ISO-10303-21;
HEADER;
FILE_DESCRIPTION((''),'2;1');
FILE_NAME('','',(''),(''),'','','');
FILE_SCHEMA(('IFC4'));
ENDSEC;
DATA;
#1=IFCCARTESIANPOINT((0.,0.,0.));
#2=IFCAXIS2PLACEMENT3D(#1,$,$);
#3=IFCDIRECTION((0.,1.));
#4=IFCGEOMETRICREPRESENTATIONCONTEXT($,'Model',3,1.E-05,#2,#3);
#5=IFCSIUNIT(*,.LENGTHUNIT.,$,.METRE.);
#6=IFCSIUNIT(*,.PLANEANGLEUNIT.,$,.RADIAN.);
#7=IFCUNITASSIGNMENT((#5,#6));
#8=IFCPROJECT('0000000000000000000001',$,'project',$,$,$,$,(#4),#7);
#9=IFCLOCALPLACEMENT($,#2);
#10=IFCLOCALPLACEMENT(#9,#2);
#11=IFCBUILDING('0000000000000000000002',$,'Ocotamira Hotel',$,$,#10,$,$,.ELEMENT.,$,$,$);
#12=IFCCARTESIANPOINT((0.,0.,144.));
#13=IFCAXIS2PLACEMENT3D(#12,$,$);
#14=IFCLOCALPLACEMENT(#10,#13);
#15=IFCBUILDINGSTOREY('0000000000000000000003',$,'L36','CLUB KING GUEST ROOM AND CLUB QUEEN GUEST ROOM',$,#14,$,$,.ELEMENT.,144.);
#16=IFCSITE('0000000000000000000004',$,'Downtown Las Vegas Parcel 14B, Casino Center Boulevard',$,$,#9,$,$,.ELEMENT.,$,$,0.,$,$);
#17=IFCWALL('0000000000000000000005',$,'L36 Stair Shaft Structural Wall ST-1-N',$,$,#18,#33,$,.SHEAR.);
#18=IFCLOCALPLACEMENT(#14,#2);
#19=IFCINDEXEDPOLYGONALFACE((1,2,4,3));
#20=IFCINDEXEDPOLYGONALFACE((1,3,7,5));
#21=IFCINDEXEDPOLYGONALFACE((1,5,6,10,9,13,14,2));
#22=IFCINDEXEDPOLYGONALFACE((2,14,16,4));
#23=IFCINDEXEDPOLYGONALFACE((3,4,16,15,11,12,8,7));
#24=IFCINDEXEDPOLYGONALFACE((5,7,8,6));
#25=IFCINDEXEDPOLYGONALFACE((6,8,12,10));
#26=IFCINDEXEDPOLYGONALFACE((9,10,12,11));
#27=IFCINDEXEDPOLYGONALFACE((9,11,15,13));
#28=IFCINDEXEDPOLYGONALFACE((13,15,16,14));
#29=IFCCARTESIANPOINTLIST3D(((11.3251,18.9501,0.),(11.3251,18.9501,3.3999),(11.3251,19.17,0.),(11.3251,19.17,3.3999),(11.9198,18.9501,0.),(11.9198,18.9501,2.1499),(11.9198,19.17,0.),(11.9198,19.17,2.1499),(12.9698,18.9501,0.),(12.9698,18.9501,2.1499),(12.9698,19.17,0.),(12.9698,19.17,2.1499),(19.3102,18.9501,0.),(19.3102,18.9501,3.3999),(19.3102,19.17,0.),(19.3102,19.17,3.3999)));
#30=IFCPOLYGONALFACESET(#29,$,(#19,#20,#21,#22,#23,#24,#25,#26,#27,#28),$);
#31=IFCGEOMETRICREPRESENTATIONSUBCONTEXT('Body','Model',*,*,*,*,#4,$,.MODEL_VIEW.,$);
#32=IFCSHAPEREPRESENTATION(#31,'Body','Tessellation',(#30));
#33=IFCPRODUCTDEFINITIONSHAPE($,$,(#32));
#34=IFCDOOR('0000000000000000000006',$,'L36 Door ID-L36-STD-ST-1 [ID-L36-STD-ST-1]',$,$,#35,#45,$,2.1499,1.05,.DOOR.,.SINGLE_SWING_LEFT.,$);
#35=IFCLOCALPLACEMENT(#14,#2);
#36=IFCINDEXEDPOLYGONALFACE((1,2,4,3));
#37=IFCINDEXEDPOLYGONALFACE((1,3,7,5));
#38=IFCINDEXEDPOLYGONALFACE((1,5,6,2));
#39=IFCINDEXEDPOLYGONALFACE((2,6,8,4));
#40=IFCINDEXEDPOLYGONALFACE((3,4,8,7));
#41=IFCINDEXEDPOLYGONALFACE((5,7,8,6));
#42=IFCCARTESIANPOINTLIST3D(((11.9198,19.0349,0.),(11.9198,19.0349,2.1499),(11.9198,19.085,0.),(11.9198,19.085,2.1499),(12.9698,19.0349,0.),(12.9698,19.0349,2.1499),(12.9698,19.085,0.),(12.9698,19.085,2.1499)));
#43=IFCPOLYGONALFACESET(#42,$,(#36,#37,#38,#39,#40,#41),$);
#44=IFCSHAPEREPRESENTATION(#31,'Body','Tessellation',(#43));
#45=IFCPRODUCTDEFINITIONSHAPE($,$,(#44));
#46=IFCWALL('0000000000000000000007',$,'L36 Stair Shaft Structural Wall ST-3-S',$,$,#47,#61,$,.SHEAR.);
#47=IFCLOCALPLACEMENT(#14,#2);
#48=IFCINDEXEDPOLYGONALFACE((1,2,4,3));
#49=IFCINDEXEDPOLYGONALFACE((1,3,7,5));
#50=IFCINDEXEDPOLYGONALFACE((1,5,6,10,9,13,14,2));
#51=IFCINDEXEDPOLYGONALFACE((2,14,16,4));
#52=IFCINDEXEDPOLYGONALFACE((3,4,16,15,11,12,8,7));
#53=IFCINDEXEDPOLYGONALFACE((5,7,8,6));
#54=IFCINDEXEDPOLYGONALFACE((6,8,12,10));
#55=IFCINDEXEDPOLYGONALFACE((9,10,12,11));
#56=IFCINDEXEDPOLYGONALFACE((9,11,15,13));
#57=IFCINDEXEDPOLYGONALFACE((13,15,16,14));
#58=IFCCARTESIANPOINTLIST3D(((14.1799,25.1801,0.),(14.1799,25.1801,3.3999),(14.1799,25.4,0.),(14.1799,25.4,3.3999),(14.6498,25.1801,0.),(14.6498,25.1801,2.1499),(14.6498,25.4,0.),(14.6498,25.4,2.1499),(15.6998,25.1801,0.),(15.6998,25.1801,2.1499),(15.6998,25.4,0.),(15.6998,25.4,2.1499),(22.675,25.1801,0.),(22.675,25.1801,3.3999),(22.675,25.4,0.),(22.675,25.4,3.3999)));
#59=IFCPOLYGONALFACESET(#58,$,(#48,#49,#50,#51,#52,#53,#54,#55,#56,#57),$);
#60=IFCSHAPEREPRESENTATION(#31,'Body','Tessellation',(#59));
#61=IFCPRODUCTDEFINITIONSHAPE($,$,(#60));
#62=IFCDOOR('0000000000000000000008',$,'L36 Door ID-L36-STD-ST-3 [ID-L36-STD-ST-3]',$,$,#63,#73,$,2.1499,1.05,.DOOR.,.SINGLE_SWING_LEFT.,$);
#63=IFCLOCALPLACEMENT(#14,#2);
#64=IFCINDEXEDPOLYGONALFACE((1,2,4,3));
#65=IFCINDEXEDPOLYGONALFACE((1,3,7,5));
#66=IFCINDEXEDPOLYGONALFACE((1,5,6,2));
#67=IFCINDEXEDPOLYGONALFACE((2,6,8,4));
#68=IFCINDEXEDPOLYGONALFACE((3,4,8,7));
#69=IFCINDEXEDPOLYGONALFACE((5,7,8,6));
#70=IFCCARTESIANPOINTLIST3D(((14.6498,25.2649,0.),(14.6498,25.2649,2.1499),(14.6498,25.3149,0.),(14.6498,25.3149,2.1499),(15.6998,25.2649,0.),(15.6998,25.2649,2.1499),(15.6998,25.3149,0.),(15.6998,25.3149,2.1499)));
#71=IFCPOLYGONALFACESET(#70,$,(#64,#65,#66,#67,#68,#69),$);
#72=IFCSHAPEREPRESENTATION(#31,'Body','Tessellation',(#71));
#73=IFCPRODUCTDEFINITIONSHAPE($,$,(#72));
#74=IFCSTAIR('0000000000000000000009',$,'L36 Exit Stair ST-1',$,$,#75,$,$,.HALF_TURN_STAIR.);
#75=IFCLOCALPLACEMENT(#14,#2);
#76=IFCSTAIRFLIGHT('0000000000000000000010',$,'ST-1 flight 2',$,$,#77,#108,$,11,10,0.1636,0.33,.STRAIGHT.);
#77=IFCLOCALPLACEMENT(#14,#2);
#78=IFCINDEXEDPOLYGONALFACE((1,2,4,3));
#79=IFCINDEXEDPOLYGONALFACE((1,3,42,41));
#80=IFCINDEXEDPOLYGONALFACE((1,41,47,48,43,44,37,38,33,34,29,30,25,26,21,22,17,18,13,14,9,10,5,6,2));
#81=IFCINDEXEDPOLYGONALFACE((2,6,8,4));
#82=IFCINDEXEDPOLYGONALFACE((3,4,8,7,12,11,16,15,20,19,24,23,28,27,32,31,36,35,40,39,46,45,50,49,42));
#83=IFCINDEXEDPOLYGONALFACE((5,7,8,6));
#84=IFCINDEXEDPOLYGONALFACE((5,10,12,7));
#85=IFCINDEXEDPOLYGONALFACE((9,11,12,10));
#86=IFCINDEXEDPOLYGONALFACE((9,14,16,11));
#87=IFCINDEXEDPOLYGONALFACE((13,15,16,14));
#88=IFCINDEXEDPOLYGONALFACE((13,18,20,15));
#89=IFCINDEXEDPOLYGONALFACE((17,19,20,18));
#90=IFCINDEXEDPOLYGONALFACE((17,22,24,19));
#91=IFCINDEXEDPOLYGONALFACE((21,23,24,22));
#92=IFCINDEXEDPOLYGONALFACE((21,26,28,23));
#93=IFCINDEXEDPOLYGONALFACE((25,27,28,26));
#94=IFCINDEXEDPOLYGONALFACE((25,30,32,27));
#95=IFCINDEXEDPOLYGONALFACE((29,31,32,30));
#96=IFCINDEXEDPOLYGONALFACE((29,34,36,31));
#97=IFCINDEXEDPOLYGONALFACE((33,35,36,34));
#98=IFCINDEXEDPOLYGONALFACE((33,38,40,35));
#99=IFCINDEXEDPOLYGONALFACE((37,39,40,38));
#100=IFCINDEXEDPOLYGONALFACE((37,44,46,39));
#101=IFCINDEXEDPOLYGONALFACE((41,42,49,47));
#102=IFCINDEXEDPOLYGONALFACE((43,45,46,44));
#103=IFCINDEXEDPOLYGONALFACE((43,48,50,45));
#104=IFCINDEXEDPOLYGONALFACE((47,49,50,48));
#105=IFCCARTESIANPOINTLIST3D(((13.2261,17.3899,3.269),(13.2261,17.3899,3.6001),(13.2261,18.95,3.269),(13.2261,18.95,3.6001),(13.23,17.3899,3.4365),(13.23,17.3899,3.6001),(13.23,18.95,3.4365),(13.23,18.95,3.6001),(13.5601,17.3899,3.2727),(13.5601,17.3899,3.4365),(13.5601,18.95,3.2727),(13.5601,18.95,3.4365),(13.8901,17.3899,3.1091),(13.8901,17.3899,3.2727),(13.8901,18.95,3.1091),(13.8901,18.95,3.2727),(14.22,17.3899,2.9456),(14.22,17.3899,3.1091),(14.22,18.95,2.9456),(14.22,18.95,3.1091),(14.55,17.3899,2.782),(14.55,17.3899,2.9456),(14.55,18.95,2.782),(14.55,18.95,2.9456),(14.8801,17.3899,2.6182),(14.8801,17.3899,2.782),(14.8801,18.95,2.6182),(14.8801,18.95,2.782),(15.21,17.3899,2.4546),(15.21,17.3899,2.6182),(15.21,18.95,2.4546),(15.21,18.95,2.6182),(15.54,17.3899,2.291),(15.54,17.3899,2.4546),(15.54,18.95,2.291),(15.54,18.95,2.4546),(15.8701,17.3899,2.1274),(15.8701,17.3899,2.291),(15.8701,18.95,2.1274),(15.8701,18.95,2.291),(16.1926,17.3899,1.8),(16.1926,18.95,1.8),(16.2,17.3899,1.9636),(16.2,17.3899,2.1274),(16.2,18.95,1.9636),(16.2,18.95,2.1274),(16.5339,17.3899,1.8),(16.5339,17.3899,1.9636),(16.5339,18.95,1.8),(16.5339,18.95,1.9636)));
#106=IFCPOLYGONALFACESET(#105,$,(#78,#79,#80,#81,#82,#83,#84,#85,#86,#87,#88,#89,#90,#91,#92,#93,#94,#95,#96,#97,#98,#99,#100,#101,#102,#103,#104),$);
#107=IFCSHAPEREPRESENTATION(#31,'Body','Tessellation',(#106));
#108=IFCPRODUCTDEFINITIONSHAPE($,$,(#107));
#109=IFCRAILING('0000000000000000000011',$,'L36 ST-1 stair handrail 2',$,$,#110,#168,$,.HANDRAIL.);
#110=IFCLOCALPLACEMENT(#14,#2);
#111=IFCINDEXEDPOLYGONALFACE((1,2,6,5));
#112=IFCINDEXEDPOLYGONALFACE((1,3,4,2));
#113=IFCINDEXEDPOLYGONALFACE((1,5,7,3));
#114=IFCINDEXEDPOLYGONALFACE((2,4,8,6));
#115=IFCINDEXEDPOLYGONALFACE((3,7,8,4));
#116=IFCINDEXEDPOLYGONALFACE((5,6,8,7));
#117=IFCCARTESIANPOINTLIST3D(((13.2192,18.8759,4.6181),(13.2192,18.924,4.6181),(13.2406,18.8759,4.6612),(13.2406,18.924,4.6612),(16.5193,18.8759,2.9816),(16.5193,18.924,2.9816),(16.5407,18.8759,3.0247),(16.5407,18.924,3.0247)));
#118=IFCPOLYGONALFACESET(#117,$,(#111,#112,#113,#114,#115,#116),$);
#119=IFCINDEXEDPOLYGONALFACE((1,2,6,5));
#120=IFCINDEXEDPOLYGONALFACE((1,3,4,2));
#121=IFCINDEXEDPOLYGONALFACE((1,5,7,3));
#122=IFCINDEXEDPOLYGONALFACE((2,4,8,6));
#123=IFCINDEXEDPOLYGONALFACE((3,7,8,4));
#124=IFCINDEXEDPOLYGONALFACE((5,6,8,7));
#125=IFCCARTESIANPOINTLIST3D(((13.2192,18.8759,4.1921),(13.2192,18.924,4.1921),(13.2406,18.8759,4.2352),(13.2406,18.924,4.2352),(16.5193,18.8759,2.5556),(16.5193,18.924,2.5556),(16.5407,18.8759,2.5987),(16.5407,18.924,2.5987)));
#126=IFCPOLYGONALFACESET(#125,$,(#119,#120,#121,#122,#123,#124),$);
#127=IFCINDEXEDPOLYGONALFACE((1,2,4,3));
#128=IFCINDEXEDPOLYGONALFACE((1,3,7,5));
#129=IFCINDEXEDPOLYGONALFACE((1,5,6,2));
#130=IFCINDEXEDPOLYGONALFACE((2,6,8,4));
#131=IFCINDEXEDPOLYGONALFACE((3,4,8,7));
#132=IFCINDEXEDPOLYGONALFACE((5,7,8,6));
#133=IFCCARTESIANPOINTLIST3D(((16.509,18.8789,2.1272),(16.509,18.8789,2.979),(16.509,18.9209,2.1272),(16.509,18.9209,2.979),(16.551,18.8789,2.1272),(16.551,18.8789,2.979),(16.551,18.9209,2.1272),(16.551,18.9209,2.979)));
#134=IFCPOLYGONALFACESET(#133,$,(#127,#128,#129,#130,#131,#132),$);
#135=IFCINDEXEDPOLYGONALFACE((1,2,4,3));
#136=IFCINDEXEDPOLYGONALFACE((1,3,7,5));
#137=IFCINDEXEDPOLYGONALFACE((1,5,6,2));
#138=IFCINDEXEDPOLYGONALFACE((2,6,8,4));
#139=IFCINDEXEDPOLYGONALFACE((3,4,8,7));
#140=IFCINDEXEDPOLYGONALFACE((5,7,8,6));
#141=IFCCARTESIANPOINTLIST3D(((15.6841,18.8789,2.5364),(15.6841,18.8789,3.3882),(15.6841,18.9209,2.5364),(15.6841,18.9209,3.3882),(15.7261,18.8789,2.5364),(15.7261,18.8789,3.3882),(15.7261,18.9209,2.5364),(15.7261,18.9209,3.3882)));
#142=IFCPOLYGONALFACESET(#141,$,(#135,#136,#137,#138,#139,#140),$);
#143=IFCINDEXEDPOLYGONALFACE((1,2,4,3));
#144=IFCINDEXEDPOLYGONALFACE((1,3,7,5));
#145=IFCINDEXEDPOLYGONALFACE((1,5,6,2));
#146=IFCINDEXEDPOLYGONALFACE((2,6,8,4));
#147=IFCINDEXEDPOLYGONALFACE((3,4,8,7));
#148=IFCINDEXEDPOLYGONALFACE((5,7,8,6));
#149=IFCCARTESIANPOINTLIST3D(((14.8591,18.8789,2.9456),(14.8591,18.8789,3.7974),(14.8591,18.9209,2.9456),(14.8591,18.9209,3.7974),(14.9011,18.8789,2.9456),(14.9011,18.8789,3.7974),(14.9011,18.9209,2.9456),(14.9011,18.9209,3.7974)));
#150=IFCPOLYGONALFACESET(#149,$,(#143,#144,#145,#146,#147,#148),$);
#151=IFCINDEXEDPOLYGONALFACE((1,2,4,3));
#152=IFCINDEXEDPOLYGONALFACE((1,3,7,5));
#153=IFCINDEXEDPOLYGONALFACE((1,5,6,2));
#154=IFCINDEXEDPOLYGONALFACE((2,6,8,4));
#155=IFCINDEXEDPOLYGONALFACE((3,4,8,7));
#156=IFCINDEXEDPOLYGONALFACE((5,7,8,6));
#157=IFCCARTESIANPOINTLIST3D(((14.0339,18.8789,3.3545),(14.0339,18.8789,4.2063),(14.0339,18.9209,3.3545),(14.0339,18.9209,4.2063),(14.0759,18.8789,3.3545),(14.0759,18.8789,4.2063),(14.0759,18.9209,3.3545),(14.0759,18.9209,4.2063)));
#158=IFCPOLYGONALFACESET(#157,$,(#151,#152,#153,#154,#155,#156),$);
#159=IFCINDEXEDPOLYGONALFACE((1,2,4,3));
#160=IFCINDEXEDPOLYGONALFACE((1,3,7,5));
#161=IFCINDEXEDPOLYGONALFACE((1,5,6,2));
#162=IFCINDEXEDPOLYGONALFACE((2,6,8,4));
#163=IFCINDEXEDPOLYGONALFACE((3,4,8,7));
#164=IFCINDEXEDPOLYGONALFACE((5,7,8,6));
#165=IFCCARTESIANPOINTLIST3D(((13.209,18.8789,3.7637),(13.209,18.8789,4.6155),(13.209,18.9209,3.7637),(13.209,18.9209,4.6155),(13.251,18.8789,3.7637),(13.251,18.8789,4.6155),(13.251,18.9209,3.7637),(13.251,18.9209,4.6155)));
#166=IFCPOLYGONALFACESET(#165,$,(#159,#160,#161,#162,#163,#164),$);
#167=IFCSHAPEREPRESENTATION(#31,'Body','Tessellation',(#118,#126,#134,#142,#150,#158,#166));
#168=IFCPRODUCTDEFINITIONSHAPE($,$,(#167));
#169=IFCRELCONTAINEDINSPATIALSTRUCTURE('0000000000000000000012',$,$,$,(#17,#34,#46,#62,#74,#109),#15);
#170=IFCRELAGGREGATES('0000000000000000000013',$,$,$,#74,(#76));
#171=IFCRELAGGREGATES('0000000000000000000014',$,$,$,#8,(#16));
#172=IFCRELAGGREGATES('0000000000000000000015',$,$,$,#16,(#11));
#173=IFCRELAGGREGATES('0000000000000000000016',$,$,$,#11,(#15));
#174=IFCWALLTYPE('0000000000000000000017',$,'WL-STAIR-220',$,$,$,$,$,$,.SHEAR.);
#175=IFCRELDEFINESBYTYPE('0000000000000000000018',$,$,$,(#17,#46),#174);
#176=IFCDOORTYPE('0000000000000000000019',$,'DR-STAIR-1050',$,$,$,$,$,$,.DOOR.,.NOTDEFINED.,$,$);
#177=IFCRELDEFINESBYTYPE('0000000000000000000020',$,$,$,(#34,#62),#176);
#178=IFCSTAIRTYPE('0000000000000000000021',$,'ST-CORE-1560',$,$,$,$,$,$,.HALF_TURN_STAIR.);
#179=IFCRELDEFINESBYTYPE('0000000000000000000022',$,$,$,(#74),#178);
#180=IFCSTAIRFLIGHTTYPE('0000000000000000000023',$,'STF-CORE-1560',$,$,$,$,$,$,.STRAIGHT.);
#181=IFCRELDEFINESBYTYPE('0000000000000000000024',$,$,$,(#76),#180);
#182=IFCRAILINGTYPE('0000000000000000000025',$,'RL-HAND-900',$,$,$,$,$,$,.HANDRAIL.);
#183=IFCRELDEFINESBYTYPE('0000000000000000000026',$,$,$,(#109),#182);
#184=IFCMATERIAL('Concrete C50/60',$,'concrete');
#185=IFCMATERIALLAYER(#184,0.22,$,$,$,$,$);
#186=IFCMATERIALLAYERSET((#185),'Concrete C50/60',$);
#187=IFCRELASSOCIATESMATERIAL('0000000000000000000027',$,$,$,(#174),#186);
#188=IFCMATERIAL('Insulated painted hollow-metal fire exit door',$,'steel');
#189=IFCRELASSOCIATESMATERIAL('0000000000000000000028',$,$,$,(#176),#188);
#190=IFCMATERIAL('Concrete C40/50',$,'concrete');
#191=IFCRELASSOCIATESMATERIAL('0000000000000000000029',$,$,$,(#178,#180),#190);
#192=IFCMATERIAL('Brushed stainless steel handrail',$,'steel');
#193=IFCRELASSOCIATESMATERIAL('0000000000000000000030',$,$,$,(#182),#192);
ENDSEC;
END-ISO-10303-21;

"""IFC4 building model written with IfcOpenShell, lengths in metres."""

from ifc_helpers import new_model, si_unit, direction, frame, frame_2d, origin, origin_2d, place, context, subcontext, project, spatial, polyline, rectangle, outline, extrude, source, transform, mapped, material, layer, layer_set, type_object, element, fill, aggregate, save


model = new_model("IFC4")

# Units and contexts
model_context = context("Model", 3, precision=1e-05, world=origin(), true_north=direction((0.0, 1.0)))
body_context = subcontext(model_context, "Body", "Model", "MODEL_VIEW")
ifc_project = project(units=[si_unit("LENGTHUNIT", "METRE"), si_unit("PLANEANGLEUNIT", "RADIAN")], contexts=[model_context])

# Site, building, storey
site_placement = place(None, origin())
site = spatial("IfcSite", under=ifc_project, at=site_placement, Name="Downtown Las Vegas Parcel 14B, Casino Center Boulevard", CompositionType="ELEMENT", RefElevation=0.0)
building_placement = place(site_placement, origin())
building = spatial("IfcBuilding", under=site, at=building_placement, Name="Ocotamira Hotel", CompositionType="ELEMENT")
storey_placement = place(building_placement, frame((0.0, 0.0, 144.0)))
storey = spatial("IfcBuildingStorey", under=building, at=storey_placement, Name="L36", Description="CLUB KING GUEST ROOM AND CLUB QUEEN GUEST ROOM", CompositionType="ELEMENT", Elevation=144.0)

# Walls, openings, doors
ifc_material_1 = material(Name="Concrete C50/60", Category="concrete")
ifc_layer_1 = layer(ifc_material_1, 0.22)
ifc_layer_set_1 = layer_set([ifc_layer_1], Name="Concrete C50/60")
wall_type_1 = type_object("IfcWallType", Name="WL-STAIR-220", PredefinedType="SHEAR", material=ifc_layer_set_1)
wall_1_placement = place(storey_placement, frame((11.325, 19.0601, 0.0), z_axis=(0.0, 0.0, 1.0), x_axis=(1.0, 0.0, 0.0)))
wall_1 = element("IfcWall", 1, at=wall_1_placement, inside=storey, type_object=wall_type_1, Name="L36 Stair Shaft Structural Wall ST-1-N", PredefinedType="SHEAR", context=body_context, shape_type="SweptSolid", body=[
    extrude(rectangle(XDim=7.9851, YDim=0.22, at=frame_2d((3.9927, 0.0))), origin(), (0.0, 0.0, 1.0), 3.3999),
])
opening_1_placement = place(wall_1_placement, frame((0.595, 0.0, 0.0)))
opening_1 = element("IfcOpeningElement", 2, at=opening_1_placement, cuts=wall_1, PredefinedType="OPENING", context=body_context, shape_type="SweptSolid", body=[
    extrude(rectangle(XDim=1.05, YDim=2.1499, at=frame_2d((0.5249, 1.075))), frame((0.0, 0.1201, 0.0), z_axis=(0.0, -1.0, 0.0), x_axis=(1.0, 0.0, 0.0)), (0.0, 0.0, 1.0), 0.24),
])
ifc_material_2 = material(Name="Insulated painted hollow-metal fire exit door", Category="steel")
door_type_1 = type_object("IfcDoorType", Name="DR-STAIR-1050", OperationType="NOTDEFINED", PredefinedType="DOOR", material=ifc_material_2)
shared_shape_1 = source(origin(), body_context, "Body", "SweptSolid", [
    extrude(rectangle(XDim=1.05, YDim=2.1499, at=frame_2d((0.5249, 1.075))), frame((0.0, 0.0249, 0.0), z_axis=(0.0, -1.0, 0.0), x_axis=(1.0, 0.0, 0.0)), (0.0, 0.0, 1.0), 0.05),
])
door_1_placement = place(opening_1_placement, origin())
door_1 = element("IfcDoor", 3, at=door_1_placement, inside=storey, type_object=door_type_1, Name="L36 Door ID-L36-STD-ST-1 [ID-L36-STD-ST-1]", OperationType="SINGLE_SWING_LEFT", OverallHeight=2.1499, OverallWidth=1.05, PredefinedType="DOOR", context=body_context, shape_type="MappedRepresentation", body=[
    mapped(shared_shape_1, transform((0.0, 0.0, 0.0), scale=1.0)),
])
fill(opening_1, door_1)
wall_2_placement = place(storey_placement, frame((14.1799, 25.29, 0.0), z_axis=(0.0, 0.0, 1.0), x_axis=(1.0, 0.0, 0.0)))
wall_2 = element("IfcWall", 4, at=wall_2_placement, inside=storey, type_object=wall_type_1, Name="L36 Stair Shaft Structural Wall ST-3-S", PredefinedType="SHEAR", context=body_context, shape_type="SweptSolid", body=[
    extrude(rectangle(XDim=8.4951, YDim=0.22, at=frame_2d((4.2476, 0.0))), origin(), (0.0, 0.0, 1.0), 3.3999),
])
opening_2_placement = place(wall_2_placement, frame((0.47, 0.0, 0.0)))
opening_2 = element("IfcOpeningElement", 5, at=opening_2_placement, cuts=wall_2, PredefinedType="OPENING", context=body_context, shape_type="SweptSolid", body=[
    extrude(rectangle(XDim=1.05, YDim=2.1499, at=frame_2d((0.5249, 1.075))), frame((0.0, 0.1201, 0.0), z_axis=(0.0, -1.0, 0.0), x_axis=(1.0, 0.0, 0.0)), (0.0, 0.0, 1.0), 0.24),
])
door_2_placement = place(opening_2_placement, origin())
door_2 = element("IfcDoor", 6, at=door_2_placement, inside=storey, type_object=door_type_1, Name="L36 Door ID-L36-STD-ST-3 [ID-L36-STD-ST-3]", OperationType="SINGLE_SWING_LEFT", OverallHeight=2.1499, OverallWidth=1.05, PredefinedType="DOOR", context=body_context, shape_type="MappedRepresentation", body=[
    mapped(shared_shape_1, transform((0.0, 0.0, 0.0), scale=1.0)),
])
fill(opening_2, door_2)

# Stair, stair flight
ifc_material_3 = material(Name="Concrete C40/50", Category="concrete")
stair_type = type_object("IfcStairType", Name="ST-CORE-1560", PredefinedType="HALF_TURN_STAIR", material=ifc_material_3)
stair_placement = place(storey_placement, origin())
stair = element("IfcStair", 7, at=stair_placement, inside=storey, type_object=stair_type, Name="L36 Exit Stair ST-1", PredefinedType="HALF_TURN_STAIR")
stair_flight_type = type_object("IfcStairFlightType", Name="STF-CORE-1560", PredefinedType="STRAIGHT", material=ifc_material_3)
shared_shape_2 = source(origin(), body_context, "Body", "SweptSolid", [
    extrude(outline(polyline([(-0.0039, 0.0), (-0.0039, 0.1636), (0.3301, 0.1636), (0.3301, 0.3274), (0.6599, 0.3274), (0.6599, 0.491), (0.99, 0.491), (0.99, 0.6545), (1.3201, 0.6545), (1.3201, 0.8181), (1.6499, 0.8181), (1.6499, 0.9819), (1.98, 0.9819), (1.98, 1.1455), (2.3101, 1.1455), (2.3101, 1.3091), (2.6399, 1.3091), (2.6399, 1.4727), (2.97, 1.4727), (2.97, 1.6365), (3.3, 1.6365), (3.3, 1.8), (3.304, 1.8), (3.304, 1.469), (0.3374, 0.0), (-0.0039, 0.0)])), frame((0.0, 0.78, 0.0), z_axis=(0.0, -1.0, 0.0), x_axis=(1.0, 0.0, 0.0)), (0.0, 0.0, 1.0), 1.5601),
])
stair_flight_placement = place(storey_placement, frame((16.53, 18.1699, 1.8), z_axis=(0.0, 0.0, 1.0), x_axis=(-1.0, 0.0, 0.0)))
stair_flight = element("IfcStairFlight", 8, at=stair_flight_placement, type_object=stair_flight_type, Name="ST-1 flight 2", NumberOfRisers=11, NumberOfTreads=10, PredefinedType="STRAIGHT", RiserHeight=0.1636, TreadLength=0.33, context=body_context, shape_type="MappedRepresentation", body=[
    mapped(shared_shape_2, transform((0.0, 0.0, 0.0), scale=1.0)),
])
aggregate(stair, [stair_flight])

# Railing
ifc_material_4 = material(Name="Brushed stainless steel handrail", Category="steel")
railing_type_1 = type_object("IfcRailingType", Name="RL-HAND-900", PredefinedType="HANDRAIL", material=ifc_material_4)
railing_1_placement = place(storey_placement, frame((16.53, 18.8999, 2.1272)))
element("IfcRailing", 9, at=railing_1_placement, inside=storey, type_object=railing_type_1, Name="L36 ST-1 stair handrail 2", PredefinedType="HANDRAIL", context=body_context, shape_type="SweptSolid", body=[
    extrude(rectangle(XDim=0.0481, YDim=0.0481, at=origin_2d()), frame((0.0, 0.0, 0.876), z_axis=(-0.895894, 0.0, 0.444268), x_axis=(0.0, -1.0, 0.0)), (0.0, 0.0, 1.0), 3.6836),
    extrude(rectangle(XDim=0.0481, YDim=0.0481, at=origin_2d()), frame((0.0, 0.0, 0.45), z_axis=(-0.895894, 0.0, 0.444268), x_axis=(0.0, -1.0, 0.0)), (0.0, 0.0, 1.0), 3.6836),
    extrude(rectangle(XDim=0.042, YDim=0.042, at=origin_2d()), origin(), (0.0, 0.0, 1.0), 0.8518),
    extrude(rectangle(XDim=0.042, YDim=0.042, at=origin_2d()), frame((-0.825, 0.0, 0.4092)), (0.0, 0.0, 1.0), 0.8518),
    extrude(rectangle(XDim=0.042, YDim=0.042, at=origin_2d()), frame((-1.6499, 0.0, 0.8184)), (0.0, 0.0, 1.0), 0.8518),
    extrude(rectangle(XDim=0.042, YDim=0.042, at=origin_2d()), frame((-2.4751, 0.0, 1.2273)), (0.0, 0.0, 1.0), 0.8518),
    extrude(rectangle(XDim=0.042, YDim=0.042, at=origin_2d()), frame((-3.3, 0.0, 1.6365)), (0.0, 0.0, 1.0), 0.8518),
])

save(model, "model.ifc")
